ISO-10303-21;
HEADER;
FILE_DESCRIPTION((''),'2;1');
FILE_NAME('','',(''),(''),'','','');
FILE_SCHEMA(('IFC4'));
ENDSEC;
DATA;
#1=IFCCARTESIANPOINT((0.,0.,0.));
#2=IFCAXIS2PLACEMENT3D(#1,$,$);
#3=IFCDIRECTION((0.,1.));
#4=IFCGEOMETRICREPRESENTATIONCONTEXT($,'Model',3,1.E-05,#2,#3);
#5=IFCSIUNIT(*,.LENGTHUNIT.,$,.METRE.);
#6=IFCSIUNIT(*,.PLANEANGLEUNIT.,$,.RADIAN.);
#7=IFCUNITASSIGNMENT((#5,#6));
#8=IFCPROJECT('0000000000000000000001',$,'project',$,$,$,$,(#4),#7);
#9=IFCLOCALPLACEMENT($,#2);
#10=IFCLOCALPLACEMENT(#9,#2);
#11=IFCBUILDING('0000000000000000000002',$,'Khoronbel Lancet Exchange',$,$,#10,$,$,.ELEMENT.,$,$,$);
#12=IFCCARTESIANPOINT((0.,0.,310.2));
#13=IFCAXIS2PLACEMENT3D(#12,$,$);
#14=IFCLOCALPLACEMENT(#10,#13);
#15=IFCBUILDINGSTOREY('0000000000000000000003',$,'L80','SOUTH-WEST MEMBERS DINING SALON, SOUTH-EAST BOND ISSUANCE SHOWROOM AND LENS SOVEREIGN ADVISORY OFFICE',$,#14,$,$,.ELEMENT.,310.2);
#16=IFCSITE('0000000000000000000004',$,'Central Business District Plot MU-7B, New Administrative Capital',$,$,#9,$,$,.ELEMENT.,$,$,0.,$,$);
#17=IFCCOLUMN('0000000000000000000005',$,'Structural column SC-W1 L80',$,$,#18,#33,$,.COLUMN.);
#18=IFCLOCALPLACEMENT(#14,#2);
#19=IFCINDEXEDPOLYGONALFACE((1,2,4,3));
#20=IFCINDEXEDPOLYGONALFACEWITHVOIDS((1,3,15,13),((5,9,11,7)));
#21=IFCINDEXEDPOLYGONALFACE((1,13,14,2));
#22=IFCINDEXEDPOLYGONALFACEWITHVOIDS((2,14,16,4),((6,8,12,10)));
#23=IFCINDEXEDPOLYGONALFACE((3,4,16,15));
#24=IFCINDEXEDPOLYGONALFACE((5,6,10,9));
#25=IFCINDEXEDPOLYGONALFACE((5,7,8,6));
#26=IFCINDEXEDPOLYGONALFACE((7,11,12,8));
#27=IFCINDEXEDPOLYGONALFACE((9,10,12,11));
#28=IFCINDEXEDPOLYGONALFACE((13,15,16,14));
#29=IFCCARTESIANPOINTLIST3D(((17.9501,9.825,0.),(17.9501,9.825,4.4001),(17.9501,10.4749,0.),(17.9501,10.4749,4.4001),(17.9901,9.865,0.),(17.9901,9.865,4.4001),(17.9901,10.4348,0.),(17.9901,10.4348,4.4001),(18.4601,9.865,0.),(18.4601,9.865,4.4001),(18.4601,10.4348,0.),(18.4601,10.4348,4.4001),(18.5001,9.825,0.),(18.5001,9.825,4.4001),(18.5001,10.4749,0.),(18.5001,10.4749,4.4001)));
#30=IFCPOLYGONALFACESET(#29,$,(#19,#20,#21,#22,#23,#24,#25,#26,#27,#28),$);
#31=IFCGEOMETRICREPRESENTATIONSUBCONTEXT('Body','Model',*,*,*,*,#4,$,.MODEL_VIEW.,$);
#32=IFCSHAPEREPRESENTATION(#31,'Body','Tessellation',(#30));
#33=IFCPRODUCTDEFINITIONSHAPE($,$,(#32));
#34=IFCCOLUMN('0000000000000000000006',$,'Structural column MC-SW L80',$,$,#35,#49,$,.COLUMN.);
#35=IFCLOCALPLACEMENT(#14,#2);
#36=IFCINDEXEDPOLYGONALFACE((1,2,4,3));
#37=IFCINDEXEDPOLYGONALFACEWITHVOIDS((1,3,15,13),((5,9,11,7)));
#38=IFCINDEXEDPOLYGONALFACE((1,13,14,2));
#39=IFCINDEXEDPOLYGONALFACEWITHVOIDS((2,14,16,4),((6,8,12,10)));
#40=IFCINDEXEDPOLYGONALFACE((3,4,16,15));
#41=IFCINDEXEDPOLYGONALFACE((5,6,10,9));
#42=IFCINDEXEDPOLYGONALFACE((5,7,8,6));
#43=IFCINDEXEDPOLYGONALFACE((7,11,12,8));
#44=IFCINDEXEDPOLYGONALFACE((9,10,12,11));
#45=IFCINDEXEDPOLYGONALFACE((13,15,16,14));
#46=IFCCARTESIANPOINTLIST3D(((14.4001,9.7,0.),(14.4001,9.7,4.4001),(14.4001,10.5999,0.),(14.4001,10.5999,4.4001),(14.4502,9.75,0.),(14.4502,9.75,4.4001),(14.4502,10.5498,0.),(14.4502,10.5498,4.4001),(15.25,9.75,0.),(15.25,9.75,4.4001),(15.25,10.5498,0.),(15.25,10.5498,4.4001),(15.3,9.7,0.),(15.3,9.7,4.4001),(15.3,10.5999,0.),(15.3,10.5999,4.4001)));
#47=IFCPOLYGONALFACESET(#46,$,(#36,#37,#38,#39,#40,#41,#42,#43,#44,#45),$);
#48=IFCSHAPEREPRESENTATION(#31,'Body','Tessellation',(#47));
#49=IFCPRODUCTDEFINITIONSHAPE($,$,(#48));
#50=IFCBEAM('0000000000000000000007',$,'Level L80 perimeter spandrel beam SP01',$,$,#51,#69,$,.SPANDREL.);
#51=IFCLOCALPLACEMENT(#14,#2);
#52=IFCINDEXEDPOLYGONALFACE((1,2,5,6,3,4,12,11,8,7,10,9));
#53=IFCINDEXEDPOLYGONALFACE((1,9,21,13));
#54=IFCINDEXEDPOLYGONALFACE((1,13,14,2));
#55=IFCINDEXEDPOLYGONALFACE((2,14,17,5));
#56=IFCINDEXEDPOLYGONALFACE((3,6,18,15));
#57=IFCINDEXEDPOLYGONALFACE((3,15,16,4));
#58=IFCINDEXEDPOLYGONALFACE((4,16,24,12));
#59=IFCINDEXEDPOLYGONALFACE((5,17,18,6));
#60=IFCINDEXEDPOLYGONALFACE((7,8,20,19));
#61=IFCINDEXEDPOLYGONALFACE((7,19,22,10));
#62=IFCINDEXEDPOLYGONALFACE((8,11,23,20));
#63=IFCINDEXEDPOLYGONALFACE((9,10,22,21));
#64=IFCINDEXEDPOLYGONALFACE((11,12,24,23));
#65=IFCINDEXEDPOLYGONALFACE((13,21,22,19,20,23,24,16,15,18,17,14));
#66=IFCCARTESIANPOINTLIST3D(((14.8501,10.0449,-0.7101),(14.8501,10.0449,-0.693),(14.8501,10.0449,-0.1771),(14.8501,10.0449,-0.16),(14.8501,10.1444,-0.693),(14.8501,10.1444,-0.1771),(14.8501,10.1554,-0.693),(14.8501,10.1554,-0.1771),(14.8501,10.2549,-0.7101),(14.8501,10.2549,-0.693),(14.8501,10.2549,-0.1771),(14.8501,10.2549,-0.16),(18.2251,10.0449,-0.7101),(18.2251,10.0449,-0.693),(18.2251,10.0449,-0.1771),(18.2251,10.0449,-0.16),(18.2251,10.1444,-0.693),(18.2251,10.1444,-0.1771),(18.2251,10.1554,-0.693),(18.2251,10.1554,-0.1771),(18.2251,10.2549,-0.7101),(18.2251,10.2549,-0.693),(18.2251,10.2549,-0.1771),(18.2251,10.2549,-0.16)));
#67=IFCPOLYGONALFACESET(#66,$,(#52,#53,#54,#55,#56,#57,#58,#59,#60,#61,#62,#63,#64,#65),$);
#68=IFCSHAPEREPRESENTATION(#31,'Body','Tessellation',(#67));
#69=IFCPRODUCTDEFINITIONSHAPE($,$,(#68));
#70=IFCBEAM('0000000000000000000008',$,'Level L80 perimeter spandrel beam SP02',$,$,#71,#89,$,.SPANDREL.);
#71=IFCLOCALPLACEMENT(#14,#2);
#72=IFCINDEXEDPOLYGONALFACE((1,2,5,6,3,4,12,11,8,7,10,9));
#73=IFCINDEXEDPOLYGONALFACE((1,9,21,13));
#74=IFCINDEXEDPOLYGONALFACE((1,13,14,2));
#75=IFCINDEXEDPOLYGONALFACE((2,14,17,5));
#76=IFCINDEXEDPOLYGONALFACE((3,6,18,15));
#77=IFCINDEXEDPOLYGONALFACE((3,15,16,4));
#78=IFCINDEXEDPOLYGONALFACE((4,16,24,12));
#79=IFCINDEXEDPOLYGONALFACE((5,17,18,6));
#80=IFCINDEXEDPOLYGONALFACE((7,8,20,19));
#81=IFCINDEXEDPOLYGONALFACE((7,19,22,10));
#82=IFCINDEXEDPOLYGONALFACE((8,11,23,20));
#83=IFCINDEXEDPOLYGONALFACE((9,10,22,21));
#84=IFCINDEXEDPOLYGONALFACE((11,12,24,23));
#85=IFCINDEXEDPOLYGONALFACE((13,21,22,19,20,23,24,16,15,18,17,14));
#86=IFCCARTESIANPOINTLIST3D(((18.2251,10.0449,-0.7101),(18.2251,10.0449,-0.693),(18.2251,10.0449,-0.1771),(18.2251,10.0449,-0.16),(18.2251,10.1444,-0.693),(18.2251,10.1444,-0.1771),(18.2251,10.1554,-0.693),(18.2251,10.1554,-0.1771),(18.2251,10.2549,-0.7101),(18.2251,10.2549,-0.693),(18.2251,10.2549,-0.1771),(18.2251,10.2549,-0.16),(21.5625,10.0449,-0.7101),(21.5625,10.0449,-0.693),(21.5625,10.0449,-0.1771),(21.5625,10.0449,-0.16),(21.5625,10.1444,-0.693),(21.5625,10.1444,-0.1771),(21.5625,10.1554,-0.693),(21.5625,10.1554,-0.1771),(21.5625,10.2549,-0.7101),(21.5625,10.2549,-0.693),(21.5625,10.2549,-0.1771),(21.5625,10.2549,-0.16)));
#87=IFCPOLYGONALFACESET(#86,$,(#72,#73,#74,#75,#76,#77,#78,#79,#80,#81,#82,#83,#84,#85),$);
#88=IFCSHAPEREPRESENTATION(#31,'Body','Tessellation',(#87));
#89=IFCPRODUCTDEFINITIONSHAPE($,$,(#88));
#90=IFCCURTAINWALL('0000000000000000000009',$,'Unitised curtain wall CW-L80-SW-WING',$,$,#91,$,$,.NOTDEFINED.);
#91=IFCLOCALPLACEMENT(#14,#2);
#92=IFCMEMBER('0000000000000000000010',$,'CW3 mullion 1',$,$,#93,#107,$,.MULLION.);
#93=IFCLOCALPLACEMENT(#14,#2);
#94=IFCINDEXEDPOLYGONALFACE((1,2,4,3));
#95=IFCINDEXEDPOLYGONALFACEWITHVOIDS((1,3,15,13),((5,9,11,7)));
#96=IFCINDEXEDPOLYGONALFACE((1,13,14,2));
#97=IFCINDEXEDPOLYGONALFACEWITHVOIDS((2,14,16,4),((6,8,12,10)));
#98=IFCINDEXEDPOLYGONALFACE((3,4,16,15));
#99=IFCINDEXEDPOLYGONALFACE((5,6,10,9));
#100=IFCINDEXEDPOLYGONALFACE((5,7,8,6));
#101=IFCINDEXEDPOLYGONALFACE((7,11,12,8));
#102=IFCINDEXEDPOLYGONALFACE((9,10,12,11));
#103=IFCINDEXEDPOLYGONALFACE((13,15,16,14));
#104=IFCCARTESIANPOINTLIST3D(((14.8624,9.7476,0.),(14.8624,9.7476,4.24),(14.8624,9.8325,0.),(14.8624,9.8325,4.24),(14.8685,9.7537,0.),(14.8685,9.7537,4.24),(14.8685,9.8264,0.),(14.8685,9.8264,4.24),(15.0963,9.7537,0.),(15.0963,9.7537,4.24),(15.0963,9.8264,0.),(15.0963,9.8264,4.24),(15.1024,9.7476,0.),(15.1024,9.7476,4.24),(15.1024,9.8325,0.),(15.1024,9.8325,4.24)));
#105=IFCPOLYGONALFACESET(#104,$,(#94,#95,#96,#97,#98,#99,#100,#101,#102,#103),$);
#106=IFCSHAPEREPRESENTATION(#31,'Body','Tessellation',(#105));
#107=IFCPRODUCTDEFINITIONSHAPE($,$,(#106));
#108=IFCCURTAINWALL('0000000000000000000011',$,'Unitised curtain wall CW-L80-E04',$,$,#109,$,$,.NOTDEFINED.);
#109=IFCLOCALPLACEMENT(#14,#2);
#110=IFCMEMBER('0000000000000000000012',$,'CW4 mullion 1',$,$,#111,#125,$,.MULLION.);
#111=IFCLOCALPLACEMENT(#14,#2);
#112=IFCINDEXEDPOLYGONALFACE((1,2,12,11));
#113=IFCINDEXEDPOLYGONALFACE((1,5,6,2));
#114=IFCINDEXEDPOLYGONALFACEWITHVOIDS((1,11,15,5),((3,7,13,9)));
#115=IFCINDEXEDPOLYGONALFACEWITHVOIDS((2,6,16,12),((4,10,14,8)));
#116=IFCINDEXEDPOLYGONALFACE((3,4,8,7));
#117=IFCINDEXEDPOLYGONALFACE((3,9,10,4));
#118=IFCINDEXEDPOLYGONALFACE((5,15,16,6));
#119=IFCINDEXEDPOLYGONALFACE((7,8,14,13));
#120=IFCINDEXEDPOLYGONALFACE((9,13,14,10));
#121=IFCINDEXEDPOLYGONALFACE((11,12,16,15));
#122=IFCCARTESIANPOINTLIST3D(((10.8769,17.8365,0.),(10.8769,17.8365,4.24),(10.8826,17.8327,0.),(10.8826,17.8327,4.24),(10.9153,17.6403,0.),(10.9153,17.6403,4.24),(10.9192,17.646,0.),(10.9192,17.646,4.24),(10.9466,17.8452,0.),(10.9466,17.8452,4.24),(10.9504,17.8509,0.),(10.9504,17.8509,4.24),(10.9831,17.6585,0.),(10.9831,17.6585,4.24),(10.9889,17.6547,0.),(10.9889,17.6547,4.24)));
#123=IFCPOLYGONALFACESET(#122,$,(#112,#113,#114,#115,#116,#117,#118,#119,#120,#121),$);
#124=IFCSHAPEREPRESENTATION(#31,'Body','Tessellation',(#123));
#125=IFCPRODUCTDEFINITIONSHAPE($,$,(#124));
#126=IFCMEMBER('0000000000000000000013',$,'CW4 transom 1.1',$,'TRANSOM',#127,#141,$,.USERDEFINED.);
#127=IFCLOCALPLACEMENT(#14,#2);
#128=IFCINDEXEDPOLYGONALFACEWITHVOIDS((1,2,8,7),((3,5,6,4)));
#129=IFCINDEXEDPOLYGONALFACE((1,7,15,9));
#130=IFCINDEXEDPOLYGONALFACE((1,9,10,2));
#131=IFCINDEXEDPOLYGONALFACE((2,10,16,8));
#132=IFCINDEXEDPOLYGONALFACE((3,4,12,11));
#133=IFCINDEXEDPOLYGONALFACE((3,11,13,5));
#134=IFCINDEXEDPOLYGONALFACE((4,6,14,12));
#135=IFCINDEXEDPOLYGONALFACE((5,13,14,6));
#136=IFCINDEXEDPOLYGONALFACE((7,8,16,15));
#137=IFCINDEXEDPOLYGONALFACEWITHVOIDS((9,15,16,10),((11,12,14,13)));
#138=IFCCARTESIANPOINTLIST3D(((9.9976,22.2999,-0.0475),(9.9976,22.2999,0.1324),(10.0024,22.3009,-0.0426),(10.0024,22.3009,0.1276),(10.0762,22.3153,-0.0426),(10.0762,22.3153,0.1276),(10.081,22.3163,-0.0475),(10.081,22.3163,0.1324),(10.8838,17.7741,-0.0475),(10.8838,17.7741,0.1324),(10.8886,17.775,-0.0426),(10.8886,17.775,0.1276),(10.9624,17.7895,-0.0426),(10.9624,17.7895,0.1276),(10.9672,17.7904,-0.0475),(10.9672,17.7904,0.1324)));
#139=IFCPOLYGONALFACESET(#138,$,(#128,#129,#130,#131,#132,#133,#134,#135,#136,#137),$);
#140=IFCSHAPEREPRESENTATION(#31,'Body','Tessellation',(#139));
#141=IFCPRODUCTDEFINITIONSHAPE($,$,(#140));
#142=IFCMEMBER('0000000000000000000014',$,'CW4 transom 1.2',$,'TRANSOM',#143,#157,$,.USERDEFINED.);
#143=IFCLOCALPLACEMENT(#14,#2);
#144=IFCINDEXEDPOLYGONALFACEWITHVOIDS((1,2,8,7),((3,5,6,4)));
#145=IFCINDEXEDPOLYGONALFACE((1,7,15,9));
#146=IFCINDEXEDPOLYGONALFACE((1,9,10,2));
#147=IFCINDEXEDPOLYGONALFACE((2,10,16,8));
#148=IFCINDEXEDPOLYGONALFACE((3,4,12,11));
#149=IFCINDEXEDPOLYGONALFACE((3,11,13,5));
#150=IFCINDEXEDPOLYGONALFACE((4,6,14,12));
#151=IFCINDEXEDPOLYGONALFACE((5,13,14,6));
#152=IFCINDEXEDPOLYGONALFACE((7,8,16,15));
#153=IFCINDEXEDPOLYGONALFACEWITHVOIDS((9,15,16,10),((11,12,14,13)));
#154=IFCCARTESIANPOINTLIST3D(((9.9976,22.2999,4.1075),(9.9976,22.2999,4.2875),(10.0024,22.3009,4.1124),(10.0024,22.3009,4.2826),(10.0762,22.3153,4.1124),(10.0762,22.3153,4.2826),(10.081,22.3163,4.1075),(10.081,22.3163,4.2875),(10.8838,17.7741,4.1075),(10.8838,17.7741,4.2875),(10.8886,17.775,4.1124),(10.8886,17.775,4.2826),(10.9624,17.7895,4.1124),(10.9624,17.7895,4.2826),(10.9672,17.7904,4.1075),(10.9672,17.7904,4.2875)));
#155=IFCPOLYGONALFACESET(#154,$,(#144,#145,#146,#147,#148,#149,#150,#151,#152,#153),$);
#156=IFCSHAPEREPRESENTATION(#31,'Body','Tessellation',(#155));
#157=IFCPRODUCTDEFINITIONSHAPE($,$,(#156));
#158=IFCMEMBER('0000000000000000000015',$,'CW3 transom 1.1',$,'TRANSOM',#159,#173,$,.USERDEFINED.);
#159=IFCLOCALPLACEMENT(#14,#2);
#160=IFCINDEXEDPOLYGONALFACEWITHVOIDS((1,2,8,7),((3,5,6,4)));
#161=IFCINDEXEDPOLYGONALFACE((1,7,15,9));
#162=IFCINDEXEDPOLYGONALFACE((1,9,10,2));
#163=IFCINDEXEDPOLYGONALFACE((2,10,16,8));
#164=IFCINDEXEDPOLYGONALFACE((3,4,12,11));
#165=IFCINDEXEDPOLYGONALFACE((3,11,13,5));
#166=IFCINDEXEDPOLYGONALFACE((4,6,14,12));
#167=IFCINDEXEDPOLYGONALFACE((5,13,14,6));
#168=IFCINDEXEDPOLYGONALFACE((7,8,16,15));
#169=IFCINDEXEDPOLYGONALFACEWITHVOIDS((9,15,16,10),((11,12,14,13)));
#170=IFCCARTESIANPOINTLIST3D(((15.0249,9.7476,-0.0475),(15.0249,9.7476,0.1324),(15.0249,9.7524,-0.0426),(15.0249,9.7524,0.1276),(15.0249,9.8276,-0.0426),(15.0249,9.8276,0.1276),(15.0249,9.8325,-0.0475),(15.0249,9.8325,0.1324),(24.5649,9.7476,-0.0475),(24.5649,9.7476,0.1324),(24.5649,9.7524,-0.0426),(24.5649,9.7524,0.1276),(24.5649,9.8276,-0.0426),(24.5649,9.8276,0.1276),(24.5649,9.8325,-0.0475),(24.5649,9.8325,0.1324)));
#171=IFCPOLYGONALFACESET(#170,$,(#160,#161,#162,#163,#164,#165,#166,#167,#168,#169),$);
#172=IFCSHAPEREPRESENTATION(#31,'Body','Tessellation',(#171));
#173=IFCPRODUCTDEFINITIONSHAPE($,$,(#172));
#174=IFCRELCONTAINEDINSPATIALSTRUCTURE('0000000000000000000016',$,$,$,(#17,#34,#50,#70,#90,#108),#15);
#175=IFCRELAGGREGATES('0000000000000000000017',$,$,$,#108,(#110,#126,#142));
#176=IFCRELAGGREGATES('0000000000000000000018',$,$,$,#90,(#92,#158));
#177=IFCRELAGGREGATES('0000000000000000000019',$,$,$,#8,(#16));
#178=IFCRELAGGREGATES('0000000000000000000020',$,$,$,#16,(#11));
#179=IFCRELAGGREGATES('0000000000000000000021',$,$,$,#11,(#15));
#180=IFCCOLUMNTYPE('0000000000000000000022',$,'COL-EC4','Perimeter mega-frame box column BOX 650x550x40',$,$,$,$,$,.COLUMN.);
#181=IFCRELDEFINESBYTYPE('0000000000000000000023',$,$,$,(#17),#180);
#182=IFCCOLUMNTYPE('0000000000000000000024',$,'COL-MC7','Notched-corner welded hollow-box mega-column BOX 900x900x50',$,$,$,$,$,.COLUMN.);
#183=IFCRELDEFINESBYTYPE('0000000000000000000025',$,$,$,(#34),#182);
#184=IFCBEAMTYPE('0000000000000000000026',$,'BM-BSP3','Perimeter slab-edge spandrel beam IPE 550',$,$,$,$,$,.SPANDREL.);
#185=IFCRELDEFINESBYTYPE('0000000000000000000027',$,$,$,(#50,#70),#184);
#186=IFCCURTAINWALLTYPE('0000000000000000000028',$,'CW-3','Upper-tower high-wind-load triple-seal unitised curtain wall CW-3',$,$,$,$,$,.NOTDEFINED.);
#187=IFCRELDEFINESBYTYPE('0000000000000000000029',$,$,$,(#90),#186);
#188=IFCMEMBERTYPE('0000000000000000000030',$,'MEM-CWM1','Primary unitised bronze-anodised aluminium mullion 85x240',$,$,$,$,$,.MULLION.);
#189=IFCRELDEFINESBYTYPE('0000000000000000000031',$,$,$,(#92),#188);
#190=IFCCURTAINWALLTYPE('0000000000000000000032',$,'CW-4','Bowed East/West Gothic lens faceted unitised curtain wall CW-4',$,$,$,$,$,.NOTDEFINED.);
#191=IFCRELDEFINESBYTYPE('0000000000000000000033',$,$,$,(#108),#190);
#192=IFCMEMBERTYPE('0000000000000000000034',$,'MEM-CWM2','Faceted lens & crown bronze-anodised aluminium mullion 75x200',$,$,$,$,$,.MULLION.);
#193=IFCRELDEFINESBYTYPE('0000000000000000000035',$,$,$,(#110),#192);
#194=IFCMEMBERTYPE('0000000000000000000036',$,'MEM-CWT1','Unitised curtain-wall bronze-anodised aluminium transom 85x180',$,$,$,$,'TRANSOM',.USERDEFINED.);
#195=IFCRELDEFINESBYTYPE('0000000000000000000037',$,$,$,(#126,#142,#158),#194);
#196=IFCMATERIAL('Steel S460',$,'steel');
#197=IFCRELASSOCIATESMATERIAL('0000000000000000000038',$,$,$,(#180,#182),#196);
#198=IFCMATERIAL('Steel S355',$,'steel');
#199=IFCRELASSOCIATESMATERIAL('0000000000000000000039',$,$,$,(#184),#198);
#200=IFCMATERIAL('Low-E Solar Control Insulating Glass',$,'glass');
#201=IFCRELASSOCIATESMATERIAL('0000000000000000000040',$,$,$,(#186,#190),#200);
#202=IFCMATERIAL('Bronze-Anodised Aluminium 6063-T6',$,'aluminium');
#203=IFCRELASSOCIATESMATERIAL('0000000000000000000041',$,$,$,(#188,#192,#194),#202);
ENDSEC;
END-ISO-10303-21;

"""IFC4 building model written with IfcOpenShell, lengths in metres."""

from ifc_helpers import new_model, si_unit, direction, frame, origin, origin_2d, place, context, subcontext, project, spatial, hollow_rectangle, i_section, extrude, material, material_profile, profile_set, type_object, element, aggregate, save


model = new_model("IFC4")

# Units and contexts
model_context = context("Model", 3, precision=1e-05, world=origin(), true_north=direction((0.0, 1.0)))
body_context = subcontext(model_context, "Body", "Model", "MODEL_VIEW")
ifc_project = project(units=[si_unit("LENGTHUNIT", "METRE"), si_unit("PLANEANGLEUNIT", "RADIAN")], contexts=[model_context])

# Site, building, storey
site_placement = place(None, origin())
site = spatial("IfcSite", under=ifc_project, at=site_placement, Name="Central Business District Plot MU-7B, New Administrative Capital", CompositionType="ELEMENT", RefElevation=0.0)
building_placement = place(site_placement, origin())
building = spatial("IfcBuilding", under=site, at=building_placement, Name="Khoronbel Lancet Exchange", CompositionType="ELEMENT")
storey_placement = place(building_placement, frame((0.0, 0.0, 310.2)))
storey = spatial("IfcBuildingStorey", under=building, at=storey_placement, Name="L80", Description="SOUTH-WEST MEMBERS DINING SALON, SOUTH-EAST BOND ISSUANCE SHOWROOM AND LENS SOVEREIGN ADVISORY OFFICE", CompositionType="ELEMENT", Elevation=310.2)

# Columns
ifc_material_1 = material(Name="Steel S460", Category="steel")
ifc_material_profile_1 = material_profile(ifc_material_1, hollow_rectangle(XDim=0.55, YDim=0.6499, WallThickness=0.04, at=origin_2d()), Name="BOX 650x550x40")
ifc_profile_set_1 = profile_set([ifc_material_profile_1], Name="Steel S460")
column_type_1 = type_object("IfcColumnType", Name="COL-EC4", Description="Perimeter mega-frame box column BOX 650x550x40", PredefinedType="COLUMN", material=ifc_profile_set_1)
column_1_placement = place(storey_placement, frame((18.2251, 10.1499, 0.0), z_axis=(0.0, 0.0, 1.0), x_axis=(1.0, 0.0, 0.0)))
element("IfcColumn", 1, at=column_1_placement, inside=storey, type_object=column_type_1, Name="Structural column SC-W1 L80", PredefinedType="COLUMN", context=body_context, shape_type="SweptSolid", body=[
    extrude(hollow_rectangle(XDim=0.55, YDim=0.6499, WallThickness=0.04, at=origin_2d()), origin(), (0.0, 0.0, 1.0), 4.4001),
])
ifc_material_profile_2 = material_profile(ifc_material_1, hollow_rectangle(XDim=0.8999, YDim=0.8999, WallThickness=0.05, at=origin_2d()), Name="BOX 900x900x50")
ifc_profile_set_2 = profile_set([ifc_material_profile_2], Name="Steel S460")
column_type_2 = type_object("IfcColumnType", Name="COL-MC7", Description="Notched-corner welded hollow-box mega-column BOX 900x900x50", PredefinedType="COLUMN", material=ifc_profile_set_2)
column_2_placement = place(storey_placement, frame((14.8501, 10.1499, 0.0), z_axis=(0.0, 0.0, 1.0), x_axis=(1.0, 0.0, 0.0)))
element("IfcColumn", 2, at=column_2_placement, inside=storey, type_object=column_type_2, Name="Structural column MC-SW L80", PredefinedType="COLUMN", context=body_context, shape_type="SweptSolid", body=[
    extrude(hollow_rectangle(XDim=0.8999, YDim=0.8999, WallThickness=0.05, at=origin_2d()), origin(), (0.0, 0.0, 1.0), 4.4001),
])

# Beams
ifc_material_2 = material(Name="Steel S355", Category="steel")
ifc_material_profile_3 = material_profile(ifc_material_2, i_section(OverallWidth=0.21, OverallDepth=0.55, WebThickness=0.011, FlangeThickness=0.0171, at=origin_2d()), Name="IPE 550")
ifc_profile_set_3 = profile_set([ifc_material_profile_3], Name="Steel S355")
beam_type = type_object("IfcBeamType", Name="BM-BSP3", Description="Perimeter slab-edge spandrel beam IPE 550", PredefinedType="SPANDREL", material=ifc_profile_set_3)
beam_1_placement = place(storey_placement, frame((14.8501, 10.1499, -0.4351), z_axis=(1.0, 0.0, 0.0), x_axis=(0.0, 1.0, 0.0)))
element("IfcBeam", 3, at=beam_1_placement, inside=storey, type_object=beam_type, Name="Level L80 perimeter spandrel beam SP01", PredefinedType="SPANDREL", context=body_context, shape_type="SweptSolid", body=[
    extrude(i_section(OverallWidth=0.21, OverallDepth=0.55, WebThickness=0.011, FlangeThickness=0.0171, at=origin_2d()), origin(), (0.0, 0.0, 1.0), 3.375),
])
beam_2_placement = place(storey_placement, frame((18.2251, 10.1499, -0.4351), z_axis=(1.0, 0.0, 0.0), x_axis=(0.0, 1.0, 0.0)))
element("IfcBeam", 4, at=beam_2_placement, inside=storey, type_object=beam_type, Name="Level L80 perimeter spandrel beam SP02", PredefinedType="SPANDREL", context=body_context, shape_type="SweptSolid", body=[
    extrude(i_section(OverallWidth=0.21, OverallDepth=0.55, WebThickness=0.011, FlangeThickness=0.0171, at=origin_2d()), origin(), (0.0, 0.0, 1.0), 3.3374),
])

# Curtain wall, member
ifc_material_3 = material(Name="Low-E Solar Control Insulating Glass", Category="glass")
curtain_wall_type_1 = type_object("IfcCurtainWallType", Name="CW-3", Description="Upper-tower high-wind-load triple-seal unitised curtain wall CW-3", PredefinedType="NOTDEFINED", material=ifc_material_3)
curtain_wall_1_placement = place(storey_placement, origin())
curtain_wall_1 = element("IfcCurtainWall", 5, at=curtain_wall_1_placement, inside=storey, type_object=curtain_wall_type_1, Name="Unitised curtain wall CW-L80-SW-WING", PredefinedType="NOTDEFINED")
ifc_material_4 = material(Name="Bronze-Anodised Aluminium 6063-T6", Category="aluminium")
ifc_material_profile_4 = material_profile(ifc_material_4, hollow_rectangle(XDim=0.085, YDim=0.24, WallThickness=0.0061, at=origin_2d()), Name="ALU MULLION 85x240")
ifc_profile_set_4 = profile_set([ifc_material_profile_4], Name="Bronze-Anodised Aluminium 6063-T6")
member_type_1 = type_object("IfcMemberType", Name="MEM-CWM1", Description="Primary unitised bronze-anodised aluminium mullion 85x240", PredefinedType="MULLION", material=ifc_profile_set_4)
member_1_placement = place(storey_placement, frame((14.9824, 9.79, 0.0), z_axis=(0.0, 0.0, 1.0), x_axis=(0.0, 1.0, 0.0)))
member_1 = element("IfcMember", 6, at=member_1_placement, type_object=member_type_1, Name="CW3 mullion 1", PredefinedType="MULLION", context=body_context, shape_type="SweptSolid", body=[
    extrude(hollow_rectangle(XDim=0.085, YDim=0.24, WallThickness=0.0061, at=origin_2d()), origin(), (0.0, 0.0, 1.0), 4.24),
])

# Curtain wall, members
curtain_wall_type_2 = type_object("IfcCurtainWallType", Name="CW-4", Description="Bowed East/West Gothic lens faceted unitised curtain wall CW-4", PredefinedType="NOTDEFINED", material=ifc_material_3)
curtain_wall_2_placement = place(storey_placement, origin())
curtain_wall_2 = element("IfcCurtainWall", 7, at=curtain_wall_2_placement, inside=storey, type_object=curtain_wall_type_2, Name="Unitised curtain wall CW-L80-E04", PredefinedType="NOTDEFINED")
ifc_material_profile_5 = material_profile(ifc_material_4, hollow_rectangle(XDim=0.075, YDim=0.2, WallThickness=0.0049, at=origin_2d()), Name="ALU MULLION 75x200")
ifc_profile_set_5 = profile_set([ifc_material_profile_5], Name="Bronze-Anodised Aluminium 6063-T6")
member_type_2 = type_object("IfcMemberType", Name="MEM-CWM2", Description="Faceted lens & crown bronze-anodised aluminium mullion 75x200", PredefinedType="MULLION", material=ifc_profile_set_5)
member_2_placement = place(storey_placement, frame((10.9329, 17.7456, 0.0), z_axis=(0.0, 0.0, 1.0), x_axis=(-0.98136, -0.192177, 0.0)))
member_2 = element("IfcMember", 8, at=member_2_placement, type_object=member_type_2, Name="CW4 mullion 1", PredefinedType="MULLION", context=body_context, shape_type="SweptSolid", body=[
    extrude(hollow_rectangle(XDim=0.075, YDim=0.2, WallThickness=0.0049, at=origin_2d()), origin(), (0.0, 0.0, 1.0), 4.24),
])
ifc_material_profile_6 = material_profile(ifc_material_4, hollow_rectangle(XDim=0.085, YDim=0.1799, WallThickness=0.0049, at=origin_2d()), Name="ALU TRANSOM 85x180")
ifc_profile_set_6 = profile_set([ifc_material_profile_6], Name="Bronze-Anodised Aluminium 6063-T6")
member_type_3 = type_object("IfcMemberType", Name="MEM-CWT1", Description="Unitised curtain-wall bronze-anodised aluminium transom 85x180", ElementType="TRANSOM", PredefinedType="USERDEFINED", material=ifc_profile_set_6)
member_3_placement = place(storey_placement, frame((10.9255, 17.7822, 0.0425), z_axis=(-0.192165, 0.981363, 0.0), x_axis=(-0.981363, -0.192165, 0.0)))
member_3 = element("IfcMember", 9, at=member_3_placement, type_object=member_type_3, Name="CW4 transom 1.1", ObjectType="TRANSOM", PredefinedType="USERDEFINED", context=body_context, shape_type="SweptSolid", body=[
    extrude(hollow_rectangle(XDim=0.085, YDim=0.1799, WallThickness=0.0049, at=origin_2d()), origin(), (0.0, 0.0, 1.0), 4.6118),
])
member_4_placement = place(storey_placement, frame((10.9255, 17.7822, 4.1975), z_axis=(-0.192165, 0.981363, 0.0), x_axis=(-0.981363, -0.192165, 0.0)))
member_4 = element("IfcMember", 10, at=member_4_placement, type_object=member_type_3, Name="CW4 transom 1.2", ObjectType="TRANSOM", PredefinedType="USERDEFINED", context=body_context, shape_type="SweptSolid", body=[
    extrude(hollow_rectangle(XDim=0.085, YDim=0.1799, WallThickness=0.0049, at=origin_2d()), origin(), (0.0, 0.0, 1.0), 4.6118),
])
aggregate(curtain_wall_2, [member_2, member_3, member_4])

# Member
member_5_placement = place(storey_placement, frame((15.0249, 9.79, 0.0425), z_axis=(1.0, 0.0, 0.0), x_axis=(0.0, 1.0, 0.0)))
member_5 = element("IfcMember", 11, at=member_5_placement, type_object=member_type_3, Name="CW3 transom 1.1", ObjectType="TRANSOM", PredefinedType="USERDEFINED", context=body_context, shape_type="SweptSolid", body=[
    extrude(hollow_rectangle(XDim=0.085, YDim=0.1799, WallThickness=0.0049, at=origin_2d()), origin(), (0.0, 0.0, 1.0), 9.54),
])
aggregate(curtain_wall_1, [member_1, member_5])

save(model, "model.ifc")
